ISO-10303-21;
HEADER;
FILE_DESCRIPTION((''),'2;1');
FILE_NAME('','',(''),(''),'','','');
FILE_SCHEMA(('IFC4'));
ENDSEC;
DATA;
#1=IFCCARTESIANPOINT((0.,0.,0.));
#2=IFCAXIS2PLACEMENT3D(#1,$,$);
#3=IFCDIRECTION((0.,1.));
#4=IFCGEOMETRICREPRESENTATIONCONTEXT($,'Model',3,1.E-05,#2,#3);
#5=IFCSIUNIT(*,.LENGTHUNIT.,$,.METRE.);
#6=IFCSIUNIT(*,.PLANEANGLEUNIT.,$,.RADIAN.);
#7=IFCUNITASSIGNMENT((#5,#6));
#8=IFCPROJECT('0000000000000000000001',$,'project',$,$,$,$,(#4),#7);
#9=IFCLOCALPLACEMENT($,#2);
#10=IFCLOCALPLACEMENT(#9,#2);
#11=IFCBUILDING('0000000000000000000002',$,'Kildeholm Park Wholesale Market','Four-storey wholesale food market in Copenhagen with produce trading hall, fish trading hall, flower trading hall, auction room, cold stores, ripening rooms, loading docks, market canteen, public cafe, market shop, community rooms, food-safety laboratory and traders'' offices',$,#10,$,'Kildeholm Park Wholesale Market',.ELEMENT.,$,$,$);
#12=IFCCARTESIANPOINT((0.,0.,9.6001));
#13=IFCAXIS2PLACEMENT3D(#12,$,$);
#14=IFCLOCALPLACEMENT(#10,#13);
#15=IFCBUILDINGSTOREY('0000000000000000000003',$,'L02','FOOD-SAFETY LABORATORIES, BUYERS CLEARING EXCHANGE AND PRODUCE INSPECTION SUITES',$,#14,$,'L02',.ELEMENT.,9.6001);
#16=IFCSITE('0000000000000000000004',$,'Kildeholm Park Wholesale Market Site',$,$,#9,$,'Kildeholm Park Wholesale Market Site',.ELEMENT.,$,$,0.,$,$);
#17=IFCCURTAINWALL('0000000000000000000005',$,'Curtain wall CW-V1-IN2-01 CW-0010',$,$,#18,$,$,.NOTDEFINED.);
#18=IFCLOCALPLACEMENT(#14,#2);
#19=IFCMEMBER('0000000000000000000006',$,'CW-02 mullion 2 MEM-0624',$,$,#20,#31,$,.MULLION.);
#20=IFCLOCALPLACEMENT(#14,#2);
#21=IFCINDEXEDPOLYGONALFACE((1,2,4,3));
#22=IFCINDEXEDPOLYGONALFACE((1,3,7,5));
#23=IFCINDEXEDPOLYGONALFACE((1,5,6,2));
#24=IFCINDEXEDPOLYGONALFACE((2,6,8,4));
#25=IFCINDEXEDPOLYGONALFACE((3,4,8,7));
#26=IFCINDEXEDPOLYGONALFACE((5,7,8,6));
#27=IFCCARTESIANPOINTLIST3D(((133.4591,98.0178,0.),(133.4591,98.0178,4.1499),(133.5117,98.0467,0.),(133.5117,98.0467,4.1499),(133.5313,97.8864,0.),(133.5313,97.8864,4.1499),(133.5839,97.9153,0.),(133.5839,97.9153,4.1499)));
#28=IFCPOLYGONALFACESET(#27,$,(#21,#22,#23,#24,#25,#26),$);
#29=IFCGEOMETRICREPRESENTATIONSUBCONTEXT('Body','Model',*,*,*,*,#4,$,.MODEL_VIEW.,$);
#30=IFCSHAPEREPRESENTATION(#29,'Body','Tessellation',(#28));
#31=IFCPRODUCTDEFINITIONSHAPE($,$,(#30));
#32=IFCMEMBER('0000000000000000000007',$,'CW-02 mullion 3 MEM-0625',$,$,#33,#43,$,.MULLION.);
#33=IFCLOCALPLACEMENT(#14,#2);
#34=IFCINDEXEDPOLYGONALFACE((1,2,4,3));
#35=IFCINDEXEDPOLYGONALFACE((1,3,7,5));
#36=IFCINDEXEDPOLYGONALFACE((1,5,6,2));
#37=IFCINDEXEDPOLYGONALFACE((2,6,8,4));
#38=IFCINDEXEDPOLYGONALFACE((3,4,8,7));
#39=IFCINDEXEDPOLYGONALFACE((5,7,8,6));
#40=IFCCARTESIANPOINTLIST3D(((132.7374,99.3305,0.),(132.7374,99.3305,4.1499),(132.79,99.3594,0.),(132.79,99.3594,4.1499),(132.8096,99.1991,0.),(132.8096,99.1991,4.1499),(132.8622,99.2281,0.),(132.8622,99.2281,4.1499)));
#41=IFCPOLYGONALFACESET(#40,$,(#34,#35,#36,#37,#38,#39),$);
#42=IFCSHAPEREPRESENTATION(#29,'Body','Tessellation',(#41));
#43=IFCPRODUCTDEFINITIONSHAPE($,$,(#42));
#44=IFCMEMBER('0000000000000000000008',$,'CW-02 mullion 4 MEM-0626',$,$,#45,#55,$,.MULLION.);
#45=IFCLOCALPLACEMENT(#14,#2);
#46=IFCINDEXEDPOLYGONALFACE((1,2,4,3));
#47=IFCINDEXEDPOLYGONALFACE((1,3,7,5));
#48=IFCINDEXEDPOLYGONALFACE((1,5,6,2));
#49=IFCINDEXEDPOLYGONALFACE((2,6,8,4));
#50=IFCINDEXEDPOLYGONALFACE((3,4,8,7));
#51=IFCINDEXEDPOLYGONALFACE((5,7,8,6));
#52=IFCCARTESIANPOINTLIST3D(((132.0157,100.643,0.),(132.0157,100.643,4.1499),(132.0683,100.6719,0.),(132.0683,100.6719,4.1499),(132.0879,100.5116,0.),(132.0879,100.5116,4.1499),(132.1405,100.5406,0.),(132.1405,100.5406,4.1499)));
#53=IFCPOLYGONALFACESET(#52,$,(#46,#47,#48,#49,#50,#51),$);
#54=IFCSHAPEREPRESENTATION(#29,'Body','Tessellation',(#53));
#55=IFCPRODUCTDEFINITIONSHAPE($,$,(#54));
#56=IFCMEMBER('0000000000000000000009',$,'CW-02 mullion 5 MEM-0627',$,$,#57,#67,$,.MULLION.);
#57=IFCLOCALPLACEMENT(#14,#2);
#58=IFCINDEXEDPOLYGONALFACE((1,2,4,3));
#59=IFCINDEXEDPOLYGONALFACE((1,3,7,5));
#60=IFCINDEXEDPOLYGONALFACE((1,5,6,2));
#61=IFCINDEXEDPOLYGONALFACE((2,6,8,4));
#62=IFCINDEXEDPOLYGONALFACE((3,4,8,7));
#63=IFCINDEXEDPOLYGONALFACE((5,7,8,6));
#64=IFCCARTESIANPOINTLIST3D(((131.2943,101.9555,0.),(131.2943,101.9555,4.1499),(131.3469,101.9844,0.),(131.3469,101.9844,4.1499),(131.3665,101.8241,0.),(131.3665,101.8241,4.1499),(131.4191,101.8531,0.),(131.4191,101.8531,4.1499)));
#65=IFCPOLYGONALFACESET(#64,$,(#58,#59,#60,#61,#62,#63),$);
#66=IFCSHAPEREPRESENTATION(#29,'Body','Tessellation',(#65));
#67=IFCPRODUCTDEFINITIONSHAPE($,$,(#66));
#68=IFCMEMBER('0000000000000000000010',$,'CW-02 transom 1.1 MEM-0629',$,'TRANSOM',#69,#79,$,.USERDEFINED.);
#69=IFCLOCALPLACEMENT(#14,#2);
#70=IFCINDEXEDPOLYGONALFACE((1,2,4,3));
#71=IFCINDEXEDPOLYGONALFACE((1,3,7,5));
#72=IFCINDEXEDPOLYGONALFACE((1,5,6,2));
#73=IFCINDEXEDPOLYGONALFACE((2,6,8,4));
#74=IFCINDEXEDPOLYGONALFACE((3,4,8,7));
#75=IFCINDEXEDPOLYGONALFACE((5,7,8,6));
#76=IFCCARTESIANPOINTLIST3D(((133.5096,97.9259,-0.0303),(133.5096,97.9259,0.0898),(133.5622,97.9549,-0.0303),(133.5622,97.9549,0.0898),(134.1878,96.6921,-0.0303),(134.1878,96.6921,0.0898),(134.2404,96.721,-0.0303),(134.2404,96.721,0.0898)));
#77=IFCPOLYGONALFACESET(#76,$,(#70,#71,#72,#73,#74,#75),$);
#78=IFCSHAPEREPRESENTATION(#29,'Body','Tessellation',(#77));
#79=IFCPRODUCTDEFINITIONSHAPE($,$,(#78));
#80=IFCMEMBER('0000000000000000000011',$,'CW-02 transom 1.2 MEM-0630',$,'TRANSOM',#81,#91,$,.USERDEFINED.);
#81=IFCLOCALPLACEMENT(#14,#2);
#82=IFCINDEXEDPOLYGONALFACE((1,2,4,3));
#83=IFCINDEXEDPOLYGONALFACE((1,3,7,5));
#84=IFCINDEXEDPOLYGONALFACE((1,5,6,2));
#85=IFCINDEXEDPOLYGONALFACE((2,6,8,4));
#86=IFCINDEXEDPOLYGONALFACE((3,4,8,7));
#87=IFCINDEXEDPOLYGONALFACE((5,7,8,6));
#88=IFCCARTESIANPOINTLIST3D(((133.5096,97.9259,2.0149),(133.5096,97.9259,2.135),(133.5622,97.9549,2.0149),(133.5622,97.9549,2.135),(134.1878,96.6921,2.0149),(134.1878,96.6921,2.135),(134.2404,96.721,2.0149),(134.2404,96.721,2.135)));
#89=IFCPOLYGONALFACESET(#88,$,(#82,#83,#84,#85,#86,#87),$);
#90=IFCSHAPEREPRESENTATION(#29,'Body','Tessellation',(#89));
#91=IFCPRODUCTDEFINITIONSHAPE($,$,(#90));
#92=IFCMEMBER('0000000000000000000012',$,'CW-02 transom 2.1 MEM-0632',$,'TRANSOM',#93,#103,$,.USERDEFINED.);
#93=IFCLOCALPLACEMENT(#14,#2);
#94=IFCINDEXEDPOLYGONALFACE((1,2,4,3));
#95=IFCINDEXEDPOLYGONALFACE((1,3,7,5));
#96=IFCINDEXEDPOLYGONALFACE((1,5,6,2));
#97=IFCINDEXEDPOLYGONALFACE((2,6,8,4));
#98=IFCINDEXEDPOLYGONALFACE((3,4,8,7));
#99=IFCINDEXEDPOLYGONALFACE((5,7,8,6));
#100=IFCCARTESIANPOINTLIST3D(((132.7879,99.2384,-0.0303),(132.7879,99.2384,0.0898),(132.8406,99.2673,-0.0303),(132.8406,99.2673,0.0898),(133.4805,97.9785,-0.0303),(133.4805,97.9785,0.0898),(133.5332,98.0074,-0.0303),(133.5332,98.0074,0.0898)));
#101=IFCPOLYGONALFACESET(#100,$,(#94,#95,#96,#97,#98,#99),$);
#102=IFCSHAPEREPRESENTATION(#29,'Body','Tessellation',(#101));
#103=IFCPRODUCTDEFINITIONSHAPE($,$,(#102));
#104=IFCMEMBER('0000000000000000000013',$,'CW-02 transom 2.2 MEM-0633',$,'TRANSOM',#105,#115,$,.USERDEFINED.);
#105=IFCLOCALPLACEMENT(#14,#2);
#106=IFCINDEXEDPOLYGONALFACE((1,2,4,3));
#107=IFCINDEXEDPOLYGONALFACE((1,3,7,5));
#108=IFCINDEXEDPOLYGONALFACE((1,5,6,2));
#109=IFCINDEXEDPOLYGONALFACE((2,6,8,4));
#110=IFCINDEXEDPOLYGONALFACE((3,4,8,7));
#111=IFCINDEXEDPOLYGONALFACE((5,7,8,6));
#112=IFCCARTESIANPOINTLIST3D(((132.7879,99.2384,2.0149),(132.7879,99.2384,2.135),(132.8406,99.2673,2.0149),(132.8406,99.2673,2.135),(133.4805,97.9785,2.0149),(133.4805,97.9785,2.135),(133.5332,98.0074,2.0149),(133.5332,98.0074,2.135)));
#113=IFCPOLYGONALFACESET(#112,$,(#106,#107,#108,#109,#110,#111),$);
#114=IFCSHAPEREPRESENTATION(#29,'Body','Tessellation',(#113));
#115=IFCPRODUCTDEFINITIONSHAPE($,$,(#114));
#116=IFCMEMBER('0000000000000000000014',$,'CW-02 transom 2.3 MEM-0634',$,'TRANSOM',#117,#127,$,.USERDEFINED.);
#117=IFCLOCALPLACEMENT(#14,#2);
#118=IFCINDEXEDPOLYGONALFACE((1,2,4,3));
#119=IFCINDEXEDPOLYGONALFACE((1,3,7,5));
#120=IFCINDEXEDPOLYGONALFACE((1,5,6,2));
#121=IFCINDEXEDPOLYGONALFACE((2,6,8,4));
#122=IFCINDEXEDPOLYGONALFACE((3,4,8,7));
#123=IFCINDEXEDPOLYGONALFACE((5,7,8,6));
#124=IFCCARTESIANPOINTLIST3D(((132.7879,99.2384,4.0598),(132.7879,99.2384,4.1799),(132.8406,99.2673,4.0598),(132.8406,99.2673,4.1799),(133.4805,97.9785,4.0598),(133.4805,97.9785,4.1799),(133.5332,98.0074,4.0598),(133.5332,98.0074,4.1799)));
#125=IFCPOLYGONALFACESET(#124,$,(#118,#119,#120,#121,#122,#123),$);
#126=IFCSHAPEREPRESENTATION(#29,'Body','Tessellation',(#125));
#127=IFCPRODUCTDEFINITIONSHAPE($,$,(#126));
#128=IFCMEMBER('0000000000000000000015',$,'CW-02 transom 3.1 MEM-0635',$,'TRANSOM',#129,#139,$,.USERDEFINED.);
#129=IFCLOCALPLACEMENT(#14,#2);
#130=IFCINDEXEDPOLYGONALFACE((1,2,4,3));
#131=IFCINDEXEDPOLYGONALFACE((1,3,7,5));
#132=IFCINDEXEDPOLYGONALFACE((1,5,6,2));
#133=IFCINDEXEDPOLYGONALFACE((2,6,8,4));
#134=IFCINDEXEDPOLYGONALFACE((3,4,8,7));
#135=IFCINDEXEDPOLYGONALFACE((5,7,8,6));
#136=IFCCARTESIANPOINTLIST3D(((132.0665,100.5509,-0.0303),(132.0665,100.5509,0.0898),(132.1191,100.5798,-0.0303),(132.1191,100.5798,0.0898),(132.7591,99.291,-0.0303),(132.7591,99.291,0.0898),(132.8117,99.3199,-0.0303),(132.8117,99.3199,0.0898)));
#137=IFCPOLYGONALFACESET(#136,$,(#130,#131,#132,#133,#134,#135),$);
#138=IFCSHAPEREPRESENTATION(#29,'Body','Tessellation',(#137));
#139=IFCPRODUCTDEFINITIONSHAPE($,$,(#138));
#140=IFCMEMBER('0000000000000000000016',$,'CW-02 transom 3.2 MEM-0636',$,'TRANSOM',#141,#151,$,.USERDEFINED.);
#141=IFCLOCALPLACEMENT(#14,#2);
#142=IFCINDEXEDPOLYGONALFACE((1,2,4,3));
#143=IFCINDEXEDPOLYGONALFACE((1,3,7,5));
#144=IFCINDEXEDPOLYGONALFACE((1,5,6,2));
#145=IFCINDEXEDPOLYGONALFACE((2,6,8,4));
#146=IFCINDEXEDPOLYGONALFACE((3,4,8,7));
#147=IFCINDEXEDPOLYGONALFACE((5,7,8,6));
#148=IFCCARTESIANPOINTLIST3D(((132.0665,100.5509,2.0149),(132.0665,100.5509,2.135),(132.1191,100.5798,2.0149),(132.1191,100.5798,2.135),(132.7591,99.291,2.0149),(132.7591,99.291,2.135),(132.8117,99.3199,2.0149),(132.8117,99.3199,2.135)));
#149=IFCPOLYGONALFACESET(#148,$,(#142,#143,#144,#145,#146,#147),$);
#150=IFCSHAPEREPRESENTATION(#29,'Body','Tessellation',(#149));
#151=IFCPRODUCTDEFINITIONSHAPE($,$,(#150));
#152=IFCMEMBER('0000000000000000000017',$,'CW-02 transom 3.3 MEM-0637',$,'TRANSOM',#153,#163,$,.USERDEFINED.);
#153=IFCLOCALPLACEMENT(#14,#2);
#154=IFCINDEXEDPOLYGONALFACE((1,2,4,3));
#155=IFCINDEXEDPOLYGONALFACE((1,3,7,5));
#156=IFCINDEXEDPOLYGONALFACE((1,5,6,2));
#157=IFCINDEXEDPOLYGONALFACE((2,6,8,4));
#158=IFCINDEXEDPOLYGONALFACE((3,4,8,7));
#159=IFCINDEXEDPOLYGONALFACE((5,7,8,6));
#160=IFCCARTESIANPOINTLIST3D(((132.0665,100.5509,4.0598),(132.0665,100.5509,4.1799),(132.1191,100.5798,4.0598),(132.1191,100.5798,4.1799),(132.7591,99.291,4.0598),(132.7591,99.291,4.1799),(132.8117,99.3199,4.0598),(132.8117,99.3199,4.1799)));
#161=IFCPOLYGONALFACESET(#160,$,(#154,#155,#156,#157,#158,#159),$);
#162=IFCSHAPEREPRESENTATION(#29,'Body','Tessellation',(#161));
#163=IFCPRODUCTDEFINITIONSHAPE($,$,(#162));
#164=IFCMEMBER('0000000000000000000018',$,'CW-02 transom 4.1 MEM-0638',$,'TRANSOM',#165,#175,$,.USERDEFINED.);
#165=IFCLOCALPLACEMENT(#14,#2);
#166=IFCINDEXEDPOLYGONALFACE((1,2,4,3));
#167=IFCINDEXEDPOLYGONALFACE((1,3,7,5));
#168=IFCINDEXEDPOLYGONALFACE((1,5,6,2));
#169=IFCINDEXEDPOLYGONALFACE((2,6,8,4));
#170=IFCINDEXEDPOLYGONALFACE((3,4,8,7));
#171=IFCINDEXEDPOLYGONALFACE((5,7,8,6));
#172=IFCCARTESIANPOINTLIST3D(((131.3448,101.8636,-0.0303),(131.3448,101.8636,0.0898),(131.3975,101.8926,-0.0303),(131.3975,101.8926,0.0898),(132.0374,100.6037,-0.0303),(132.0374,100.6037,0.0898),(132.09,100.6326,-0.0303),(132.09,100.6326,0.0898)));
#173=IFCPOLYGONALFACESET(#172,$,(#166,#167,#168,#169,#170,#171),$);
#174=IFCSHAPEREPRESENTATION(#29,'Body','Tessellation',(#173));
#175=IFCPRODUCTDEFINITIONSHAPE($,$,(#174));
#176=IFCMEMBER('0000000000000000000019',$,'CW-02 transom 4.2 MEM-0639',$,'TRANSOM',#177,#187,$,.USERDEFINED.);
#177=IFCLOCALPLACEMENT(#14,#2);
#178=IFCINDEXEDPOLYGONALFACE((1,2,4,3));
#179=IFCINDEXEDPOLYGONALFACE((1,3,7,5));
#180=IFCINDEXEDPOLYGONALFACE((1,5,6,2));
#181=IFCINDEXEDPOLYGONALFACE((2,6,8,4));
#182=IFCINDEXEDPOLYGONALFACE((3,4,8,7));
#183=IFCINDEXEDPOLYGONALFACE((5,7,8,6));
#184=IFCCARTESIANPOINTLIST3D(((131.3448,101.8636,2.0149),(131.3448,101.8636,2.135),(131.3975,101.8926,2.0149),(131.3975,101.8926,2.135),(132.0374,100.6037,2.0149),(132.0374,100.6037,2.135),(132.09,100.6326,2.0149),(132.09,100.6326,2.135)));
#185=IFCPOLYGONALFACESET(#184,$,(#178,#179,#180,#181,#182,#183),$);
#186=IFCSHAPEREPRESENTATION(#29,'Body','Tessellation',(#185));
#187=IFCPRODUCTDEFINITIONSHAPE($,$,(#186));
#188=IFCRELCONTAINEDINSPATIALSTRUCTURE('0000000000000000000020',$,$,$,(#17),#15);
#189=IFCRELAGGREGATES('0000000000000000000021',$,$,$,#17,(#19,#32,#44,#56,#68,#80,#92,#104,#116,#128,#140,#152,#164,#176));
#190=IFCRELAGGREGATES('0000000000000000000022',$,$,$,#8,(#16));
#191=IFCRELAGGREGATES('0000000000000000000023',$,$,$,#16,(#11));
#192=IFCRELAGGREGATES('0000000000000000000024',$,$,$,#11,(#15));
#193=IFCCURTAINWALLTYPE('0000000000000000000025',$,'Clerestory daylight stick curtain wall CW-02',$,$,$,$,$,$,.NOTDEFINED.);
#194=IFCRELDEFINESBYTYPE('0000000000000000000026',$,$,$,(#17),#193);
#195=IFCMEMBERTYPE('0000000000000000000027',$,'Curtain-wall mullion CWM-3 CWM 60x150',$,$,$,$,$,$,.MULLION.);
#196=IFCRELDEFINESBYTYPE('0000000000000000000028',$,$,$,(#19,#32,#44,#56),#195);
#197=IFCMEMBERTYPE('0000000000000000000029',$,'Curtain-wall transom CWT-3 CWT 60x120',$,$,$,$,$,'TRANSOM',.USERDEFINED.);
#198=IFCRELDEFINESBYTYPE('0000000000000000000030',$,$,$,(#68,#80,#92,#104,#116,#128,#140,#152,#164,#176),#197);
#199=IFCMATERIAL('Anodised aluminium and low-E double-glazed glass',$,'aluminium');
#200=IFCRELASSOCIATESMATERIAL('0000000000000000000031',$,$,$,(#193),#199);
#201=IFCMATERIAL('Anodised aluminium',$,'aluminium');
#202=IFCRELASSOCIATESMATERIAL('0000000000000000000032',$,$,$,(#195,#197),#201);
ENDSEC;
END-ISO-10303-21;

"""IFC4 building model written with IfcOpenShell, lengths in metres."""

from ifc_helpers import new_model, si_unit, direction, frame, origin, origin_2d, place, context, subcontext, project, spatial, rectangle, extrude, material, material_profile, profile_set, type_object, element, aggregate, save


model = new_model("IFC4")

# Units and contexts
model_context = context("Model", 3, precision=1e-05, world=origin(), true_north=direction((0.0, 1.0)))
body_context = subcontext(model_context, "Body", "Model", "MODEL_VIEW")
ifc_project = project(units=[si_unit("LENGTHUNIT", "METRE"), si_unit("PLANEANGLEUNIT", "RADIAN")], contexts=[model_context])

# Site, building, storey
site_placement = place(None, origin())
site = spatial("IfcSite", under=ifc_project, at=site_placement, Name="Kildeholm Park Wholesale Market Site", LongName="Kildeholm Park Wholesale Market Site", CompositionType="ELEMENT", RefElevation=0.0)
building_placement = place(site_placement, origin())
building = spatial("IfcBuilding", under=site, at=building_placement, Name="Kildeholm Park Wholesale Market", Description="Four-storey wholesale food market in Copenhagen with produce trading hall, fish trading hall, flower trading hall, auction room, cold stores, ripening rooms, loading docks, market canteen, public cafe, market shop, community rooms, food-safety laboratory and traders' offices", LongName="Kildeholm Park Wholesale Market", CompositionType="ELEMENT")
storey_placement = place(building_placement, frame((0.0, 0.0, 9.6001)))
storey = spatial("IfcBuildingStorey", under=building, at=storey_placement, Name="L02", Description="FOOD-SAFETY LABORATORIES, BUYERS CLEARING EXCHANGE AND PRODUCE INSPECTION SUITES", LongName="L02", CompositionType="ELEMENT", Elevation=9.6001)

# Curtain wall, members
ifc_material_1 = material(Name="Anodised aluminium and low-E double-glazed glass", Category="aluminium")
curtain_wall_type = type_object("IfcCurtainWallType", Name="Clerestory daylight stick curtain wall CW-02", PredefinedType="NOTDEFINED", material=ifc_material_1)
curtain_wall_placement = place(storey_placement, origin())
curtain_wall = element("IfcCurtainWall", 1, at=curtain_wall_placement, inside=storey, type_object=curtain_wall_type, Name="Curtain wall CW-V1-IN2-01 CW-0010", PredefinedType="NOTDEFINED")
ifc_material_2 = material(Name="Anodised aluminium", Category="aluminium")
ifc_material_profile_1 = material_profile(ifc_material_2, rectangle(XDim=0.0601, YDim=0.1499, at=origin_2d()), Name="CWM 60x150")
ifc_profile_set_1 = profile_set([ifc_material_profile_1], Name="Anodised aluminium")
member_type_1 = type_object("IfcMemberType", Name="Curtain-wall mullion CWM-3 CWM 60x150", PredefinedType="MULLION", material=ifc_profile_set_1)
member_1_placement = place(storey_placement, frame((133.5215, 97.9666, 0.0), z_axis=(0.0, 0.0, 1.0), x_axis=(-0.876309, -0.48175, 0.0)))
member_1 = element("IfcMember", 2, at=member_1_placement, type_object=member_type_1, Name="CW-02 mullion 2 MEM-0624", PredefinedType="MULLION", context=body_context, shape_type="SweptSolid", body=[
    extrude(rectangle(XDim=0.0601, YDim=0.1499, at=origin_2d()), origin(), (0.0, 0.0, 1.0), 4.1499),
])
member_2_placement = place(storey_placement, frame((132.7998, 99.2793, 0.0), z_axis=(0.0, 0.0, 1.0), x_axis=(-0.876309, -0.48175, 0.0)))
member_2 = element("IfcMember", 3, at=member_2_placement, type_object=member_type_1, Name="CW-02 mullion 3 MEM-0625", PredefinedType="MULLION", context=body_context, shape_type="SweptSolid", body=[
    extrude(rectangle(XDim=0.0601, YDim=0.1499, at=origin_2d()), origin(), (0.0, 0.0, 1.0), 4.1499),
])
member_3_placement = place(storey_placement, frame((132.0781, 100.5918, 0.0), z_axis=(0.0, 0.0, 1.0), x_axis=(-0.876309, -0.48175, 0.0)))
member_3 = element("IfcMember", 4, at=member_3_placement, type_object=member_type_1, Name="CW-02 mullion 4 MEM-0626", PredefinedType="MULLION", context=body_context, shape_type="SweptSolid", body=[
    extrude(rectangle(XDim=0.0601, YDim=0.1499, at=origin_2d()), origin(), (0.0, 0.0, 1.0), 4.1499),
])
member_4_placement = place(storey_placement, frame((131.3567, 101.9043, 0.0), z_axis=(0.0, 0.0, 1.0), x_axis=(-0.876309, -0.48175, 0.0)))
member_4 = element("IfcMember", 5, at=member_4_placement, type_object=member_type_1, Name="CW-02 mullion 5 MEM-0627", PredefinedType="MULLION", context=body_context, shape_type="SweptSolid", body=[
    extrude(rectangle(XDim=0.0601, YDim=0.1499, at=origin_2d()), origin(), (0.0, 0.0, 1.0), 4.1499),
])
ifc_material_profile_2 = material_profile(ifc_material_2, rectangle(XDim=0.0601, YDim=0.1201, at=origin_2d()), Name="CWT 60x120")
ifc_profile_set_2 = profile_set([ifc_material_profile_2], Name="Anodised aluminium")
member_type_2 = type_object("IfcMemberType", Name="Curtain-wall transom CWT-3 CWT 60x120", ElementType="TRANSOM", PredefinedType="USERDEFINED", material=ifc_profile_set_2)
member_5_placement = place(storey_placement, frame((134.2141, 96.7065, 0.0298), z_axis=(-0.481692, 0.87634, 0.0), x_axis=(-0.87634, -0.481692, 0.0)))
member_5 = element("IfcMember", 6, at=member_5_placement, type_object=member_type_2, Name="CW-02 transom 1.1 MEM-0629", ObjectType="TRANSOM", PredefinedType="USERDEFINED", context=body_context, shape_type="SweptSolid", body=[
    extrude(rectangle(XDim=0.0601, YDim=0.1201, at=origin_2d()), origin(), (0.0, 0.0, 1.0), 1.408),
])
member_6_placement = place(storey_placement, frame((134.2141, 96.7065, 2.075), z_axis=(-0.481692, 0.87634, 0.0), x_axis=(-0.87634, -0.481692, 0.0)))
member_6 = element("IfcMember", 7, at=member_6_placement, type_object=member_type_2, Name="CW-02 transom 1.2 MEM-0630", ObjectType="TRANSOM", PredefinedType="USERDEFINED", context=body_context, shape_type="SweptSolid", body=[
    extrude(rectangle(XDim=0.0601, YDim=0.1201, at=origin_2d()), origin(), (0.0, 0.0, 1.0), 1.408),
])
member_7_placement = place(storey_placement, frame((133.5068, 97.9929, 0.0298), z_axis=(-0.481717, 0.876327, 0.0), x_axis=(-0.876327, -0.481717, 0.0)))
member_7 = element("IfcMember", 8, at=member_7_placement, type_object=member_type_2, Name="CW-02 transom 2.1 MEM-0632", ObjectType="TRANSOM", PredefinedType="USERDEFINED", context=body_context, shape_type="SweptSolid", body=[
    extrude(rectangle(XDim=0.0601, YDim=0.1201, at=origin_2d()), origin(), (0.0, 0.0, 1.0), 1.4377),
])
member_8_placement = place(storey_placement, frame((133.5068, 97.9929, 2.075), z_axis=(-0.481717, 0.876327, 0.0), x_axis=(-0.876327, -0.481717, 0.0)))
member_8 = element("IfcMember", 9, at=member_8_placement, type_object=member_type_2, Name="CW-02 transom 2.2 MEM-0633", ObjectType="TRANSOM", PredefinedType="USERDEFINED", context=body_context, shape_type="SweptSolid", body=[
    extrude(rectangle(XDim=0.0601, YDim=0.1201, at=origin_2d()), origin(), (0.0, 0.0, 1.0), 1.4377),
])
member_9_placement = place(storey_placement, frame((133.5068, 97.9929, 4.1199), z_axis=(-0.481717, 0.876327, 0.0), x_axis=(-0.876327, -0.481717, 0.0)))
member_9 = element("IfcMember", 10, at=member_9_placement, type_object=member_type_2, Name="CW-02 transom 2.3 MEM-0634", ObjectType="TRANSOM", PredefinedType="USERDEFINED", context=body_context, shape_type="SweptSolid", body=[
    extrude(rectangle(XDim=0.0601, YDim=0.1201, at=origin_2d()), origin(), (0.0, 0.0, 1.0), 1.4377),
])
member_10_placement = place(storey_placement, frame((132.7854, 99.3054, 0.0298), z_axis=(-0.481717, 0.876327, 0.0), x_axis=(-0.876327, -0.481717, 0.0)))
member_10 = element("IfcMember", 11, at=member_10_placement, type_object=member_type_2, Name="CW-02 transom 3.1 MEM-0635", ObjectType="TRANSOM", PredefinedType="USERDEFINED", context=body_context, shape_type="SweptSolid", body=[
    extrude(rectangle(XDim=0.0601, YDim=0.1201, at=origin_2d()), origin(), (0.0, 0.0, 1.0), 1.4377),
])
member_11_placement = place(storey_placement, frame((132.7854, 99.3054, 2.075), z_axis=(-0.481717, 0.876327, 0.0), x_axis=(-0.876327, -0.481717, 0.0)))
member_11 = element("IfcMember", 12, at=member_11_placement, type_object=member_type_2, Name="CW-02 transom 3.2 MEM-0636", ObjectType="TRANSOM", PredefinedType="USERDEFINED", context=body_context, shape_type="SweptSolid", body=[
    extrude(rectangle(XDim=0.0601, YDim=0.1201, at=origin_2d()), origin(), (0.0, 0.0, 1.0), 1.4377),
])
member_12_placement = place(storey_placement, frame((132.7854, 99.3054, 4.1199), z_axis=(-0.481717, 0.876327, 0.0), x_axis=(-0.876327, -0.481717, 0.0)))
member_12 = element("IfcMember", 13, at=member_12_placement, type_object=member_type_2, Name="CW-02 transom 3.3 MEM-0637", ObjectType="TRANSOM", PredefinedType="USERDEFINED", context=body_context, shape_type="SweptSolid", body=[
    extrude(rectangle(XDim=0.0601, YDim=0.1201, at=origin_2d()), origin(), (0.0, 0.0, 1.0), 1.4377),
])
member_13_placement = place(storey_placement, frame((132.0637, 100.6182, 0.0298), z_axis=(-0.481717, 0.876327, 0.0), x_axis=(-0.876327, -0.481717, 0.0)))
member_13 = element("IfcMember", 14, at=member_13_placement, type_object=member_type_2, Name="CW-02 transom 4.1 MEM-0638", ObjectType="TRANSOM", PredefinedType="USERDEFINED", context=body_context, shape_type="SweptSolid", body=[
    extrude(rectangle(XDim=0.0601, YDim=0.1201, at=origin_2d()), origin(), (0.0, 0.0, 1.0), 1.4377),
])
member_14_placement = place(storey_placement, frame((132.0637, 100.6182, 2.075), z_axis=(-0.481717, 0.876327, 0.0), x_axis=(-0.876327, -0.481717, 0.0)))
member_14 = element("IfcMember", 15, at=member_14_placement, type_object=member_type_2, Name="CW-02 transom 4.2 MEM-0639", ObjectType="TRANSOM", PredefinedType="USERDEFINED", context=body_context, shape_type="SweptSolid", body=[
    extrude(rectangle(XDim=0.0601, YDim=0.1201, at=origin_2d()), origin(), (0.0, 0.0, 1.0), 1.4377),
])
aggregate(curtain_wall, [member_1, member_2, member_3, member_4, member_5, member_6, member_7, member_8, member_9, member_10, member_11, member_12, member_13, member_14])

save(model, "model.ifc")
